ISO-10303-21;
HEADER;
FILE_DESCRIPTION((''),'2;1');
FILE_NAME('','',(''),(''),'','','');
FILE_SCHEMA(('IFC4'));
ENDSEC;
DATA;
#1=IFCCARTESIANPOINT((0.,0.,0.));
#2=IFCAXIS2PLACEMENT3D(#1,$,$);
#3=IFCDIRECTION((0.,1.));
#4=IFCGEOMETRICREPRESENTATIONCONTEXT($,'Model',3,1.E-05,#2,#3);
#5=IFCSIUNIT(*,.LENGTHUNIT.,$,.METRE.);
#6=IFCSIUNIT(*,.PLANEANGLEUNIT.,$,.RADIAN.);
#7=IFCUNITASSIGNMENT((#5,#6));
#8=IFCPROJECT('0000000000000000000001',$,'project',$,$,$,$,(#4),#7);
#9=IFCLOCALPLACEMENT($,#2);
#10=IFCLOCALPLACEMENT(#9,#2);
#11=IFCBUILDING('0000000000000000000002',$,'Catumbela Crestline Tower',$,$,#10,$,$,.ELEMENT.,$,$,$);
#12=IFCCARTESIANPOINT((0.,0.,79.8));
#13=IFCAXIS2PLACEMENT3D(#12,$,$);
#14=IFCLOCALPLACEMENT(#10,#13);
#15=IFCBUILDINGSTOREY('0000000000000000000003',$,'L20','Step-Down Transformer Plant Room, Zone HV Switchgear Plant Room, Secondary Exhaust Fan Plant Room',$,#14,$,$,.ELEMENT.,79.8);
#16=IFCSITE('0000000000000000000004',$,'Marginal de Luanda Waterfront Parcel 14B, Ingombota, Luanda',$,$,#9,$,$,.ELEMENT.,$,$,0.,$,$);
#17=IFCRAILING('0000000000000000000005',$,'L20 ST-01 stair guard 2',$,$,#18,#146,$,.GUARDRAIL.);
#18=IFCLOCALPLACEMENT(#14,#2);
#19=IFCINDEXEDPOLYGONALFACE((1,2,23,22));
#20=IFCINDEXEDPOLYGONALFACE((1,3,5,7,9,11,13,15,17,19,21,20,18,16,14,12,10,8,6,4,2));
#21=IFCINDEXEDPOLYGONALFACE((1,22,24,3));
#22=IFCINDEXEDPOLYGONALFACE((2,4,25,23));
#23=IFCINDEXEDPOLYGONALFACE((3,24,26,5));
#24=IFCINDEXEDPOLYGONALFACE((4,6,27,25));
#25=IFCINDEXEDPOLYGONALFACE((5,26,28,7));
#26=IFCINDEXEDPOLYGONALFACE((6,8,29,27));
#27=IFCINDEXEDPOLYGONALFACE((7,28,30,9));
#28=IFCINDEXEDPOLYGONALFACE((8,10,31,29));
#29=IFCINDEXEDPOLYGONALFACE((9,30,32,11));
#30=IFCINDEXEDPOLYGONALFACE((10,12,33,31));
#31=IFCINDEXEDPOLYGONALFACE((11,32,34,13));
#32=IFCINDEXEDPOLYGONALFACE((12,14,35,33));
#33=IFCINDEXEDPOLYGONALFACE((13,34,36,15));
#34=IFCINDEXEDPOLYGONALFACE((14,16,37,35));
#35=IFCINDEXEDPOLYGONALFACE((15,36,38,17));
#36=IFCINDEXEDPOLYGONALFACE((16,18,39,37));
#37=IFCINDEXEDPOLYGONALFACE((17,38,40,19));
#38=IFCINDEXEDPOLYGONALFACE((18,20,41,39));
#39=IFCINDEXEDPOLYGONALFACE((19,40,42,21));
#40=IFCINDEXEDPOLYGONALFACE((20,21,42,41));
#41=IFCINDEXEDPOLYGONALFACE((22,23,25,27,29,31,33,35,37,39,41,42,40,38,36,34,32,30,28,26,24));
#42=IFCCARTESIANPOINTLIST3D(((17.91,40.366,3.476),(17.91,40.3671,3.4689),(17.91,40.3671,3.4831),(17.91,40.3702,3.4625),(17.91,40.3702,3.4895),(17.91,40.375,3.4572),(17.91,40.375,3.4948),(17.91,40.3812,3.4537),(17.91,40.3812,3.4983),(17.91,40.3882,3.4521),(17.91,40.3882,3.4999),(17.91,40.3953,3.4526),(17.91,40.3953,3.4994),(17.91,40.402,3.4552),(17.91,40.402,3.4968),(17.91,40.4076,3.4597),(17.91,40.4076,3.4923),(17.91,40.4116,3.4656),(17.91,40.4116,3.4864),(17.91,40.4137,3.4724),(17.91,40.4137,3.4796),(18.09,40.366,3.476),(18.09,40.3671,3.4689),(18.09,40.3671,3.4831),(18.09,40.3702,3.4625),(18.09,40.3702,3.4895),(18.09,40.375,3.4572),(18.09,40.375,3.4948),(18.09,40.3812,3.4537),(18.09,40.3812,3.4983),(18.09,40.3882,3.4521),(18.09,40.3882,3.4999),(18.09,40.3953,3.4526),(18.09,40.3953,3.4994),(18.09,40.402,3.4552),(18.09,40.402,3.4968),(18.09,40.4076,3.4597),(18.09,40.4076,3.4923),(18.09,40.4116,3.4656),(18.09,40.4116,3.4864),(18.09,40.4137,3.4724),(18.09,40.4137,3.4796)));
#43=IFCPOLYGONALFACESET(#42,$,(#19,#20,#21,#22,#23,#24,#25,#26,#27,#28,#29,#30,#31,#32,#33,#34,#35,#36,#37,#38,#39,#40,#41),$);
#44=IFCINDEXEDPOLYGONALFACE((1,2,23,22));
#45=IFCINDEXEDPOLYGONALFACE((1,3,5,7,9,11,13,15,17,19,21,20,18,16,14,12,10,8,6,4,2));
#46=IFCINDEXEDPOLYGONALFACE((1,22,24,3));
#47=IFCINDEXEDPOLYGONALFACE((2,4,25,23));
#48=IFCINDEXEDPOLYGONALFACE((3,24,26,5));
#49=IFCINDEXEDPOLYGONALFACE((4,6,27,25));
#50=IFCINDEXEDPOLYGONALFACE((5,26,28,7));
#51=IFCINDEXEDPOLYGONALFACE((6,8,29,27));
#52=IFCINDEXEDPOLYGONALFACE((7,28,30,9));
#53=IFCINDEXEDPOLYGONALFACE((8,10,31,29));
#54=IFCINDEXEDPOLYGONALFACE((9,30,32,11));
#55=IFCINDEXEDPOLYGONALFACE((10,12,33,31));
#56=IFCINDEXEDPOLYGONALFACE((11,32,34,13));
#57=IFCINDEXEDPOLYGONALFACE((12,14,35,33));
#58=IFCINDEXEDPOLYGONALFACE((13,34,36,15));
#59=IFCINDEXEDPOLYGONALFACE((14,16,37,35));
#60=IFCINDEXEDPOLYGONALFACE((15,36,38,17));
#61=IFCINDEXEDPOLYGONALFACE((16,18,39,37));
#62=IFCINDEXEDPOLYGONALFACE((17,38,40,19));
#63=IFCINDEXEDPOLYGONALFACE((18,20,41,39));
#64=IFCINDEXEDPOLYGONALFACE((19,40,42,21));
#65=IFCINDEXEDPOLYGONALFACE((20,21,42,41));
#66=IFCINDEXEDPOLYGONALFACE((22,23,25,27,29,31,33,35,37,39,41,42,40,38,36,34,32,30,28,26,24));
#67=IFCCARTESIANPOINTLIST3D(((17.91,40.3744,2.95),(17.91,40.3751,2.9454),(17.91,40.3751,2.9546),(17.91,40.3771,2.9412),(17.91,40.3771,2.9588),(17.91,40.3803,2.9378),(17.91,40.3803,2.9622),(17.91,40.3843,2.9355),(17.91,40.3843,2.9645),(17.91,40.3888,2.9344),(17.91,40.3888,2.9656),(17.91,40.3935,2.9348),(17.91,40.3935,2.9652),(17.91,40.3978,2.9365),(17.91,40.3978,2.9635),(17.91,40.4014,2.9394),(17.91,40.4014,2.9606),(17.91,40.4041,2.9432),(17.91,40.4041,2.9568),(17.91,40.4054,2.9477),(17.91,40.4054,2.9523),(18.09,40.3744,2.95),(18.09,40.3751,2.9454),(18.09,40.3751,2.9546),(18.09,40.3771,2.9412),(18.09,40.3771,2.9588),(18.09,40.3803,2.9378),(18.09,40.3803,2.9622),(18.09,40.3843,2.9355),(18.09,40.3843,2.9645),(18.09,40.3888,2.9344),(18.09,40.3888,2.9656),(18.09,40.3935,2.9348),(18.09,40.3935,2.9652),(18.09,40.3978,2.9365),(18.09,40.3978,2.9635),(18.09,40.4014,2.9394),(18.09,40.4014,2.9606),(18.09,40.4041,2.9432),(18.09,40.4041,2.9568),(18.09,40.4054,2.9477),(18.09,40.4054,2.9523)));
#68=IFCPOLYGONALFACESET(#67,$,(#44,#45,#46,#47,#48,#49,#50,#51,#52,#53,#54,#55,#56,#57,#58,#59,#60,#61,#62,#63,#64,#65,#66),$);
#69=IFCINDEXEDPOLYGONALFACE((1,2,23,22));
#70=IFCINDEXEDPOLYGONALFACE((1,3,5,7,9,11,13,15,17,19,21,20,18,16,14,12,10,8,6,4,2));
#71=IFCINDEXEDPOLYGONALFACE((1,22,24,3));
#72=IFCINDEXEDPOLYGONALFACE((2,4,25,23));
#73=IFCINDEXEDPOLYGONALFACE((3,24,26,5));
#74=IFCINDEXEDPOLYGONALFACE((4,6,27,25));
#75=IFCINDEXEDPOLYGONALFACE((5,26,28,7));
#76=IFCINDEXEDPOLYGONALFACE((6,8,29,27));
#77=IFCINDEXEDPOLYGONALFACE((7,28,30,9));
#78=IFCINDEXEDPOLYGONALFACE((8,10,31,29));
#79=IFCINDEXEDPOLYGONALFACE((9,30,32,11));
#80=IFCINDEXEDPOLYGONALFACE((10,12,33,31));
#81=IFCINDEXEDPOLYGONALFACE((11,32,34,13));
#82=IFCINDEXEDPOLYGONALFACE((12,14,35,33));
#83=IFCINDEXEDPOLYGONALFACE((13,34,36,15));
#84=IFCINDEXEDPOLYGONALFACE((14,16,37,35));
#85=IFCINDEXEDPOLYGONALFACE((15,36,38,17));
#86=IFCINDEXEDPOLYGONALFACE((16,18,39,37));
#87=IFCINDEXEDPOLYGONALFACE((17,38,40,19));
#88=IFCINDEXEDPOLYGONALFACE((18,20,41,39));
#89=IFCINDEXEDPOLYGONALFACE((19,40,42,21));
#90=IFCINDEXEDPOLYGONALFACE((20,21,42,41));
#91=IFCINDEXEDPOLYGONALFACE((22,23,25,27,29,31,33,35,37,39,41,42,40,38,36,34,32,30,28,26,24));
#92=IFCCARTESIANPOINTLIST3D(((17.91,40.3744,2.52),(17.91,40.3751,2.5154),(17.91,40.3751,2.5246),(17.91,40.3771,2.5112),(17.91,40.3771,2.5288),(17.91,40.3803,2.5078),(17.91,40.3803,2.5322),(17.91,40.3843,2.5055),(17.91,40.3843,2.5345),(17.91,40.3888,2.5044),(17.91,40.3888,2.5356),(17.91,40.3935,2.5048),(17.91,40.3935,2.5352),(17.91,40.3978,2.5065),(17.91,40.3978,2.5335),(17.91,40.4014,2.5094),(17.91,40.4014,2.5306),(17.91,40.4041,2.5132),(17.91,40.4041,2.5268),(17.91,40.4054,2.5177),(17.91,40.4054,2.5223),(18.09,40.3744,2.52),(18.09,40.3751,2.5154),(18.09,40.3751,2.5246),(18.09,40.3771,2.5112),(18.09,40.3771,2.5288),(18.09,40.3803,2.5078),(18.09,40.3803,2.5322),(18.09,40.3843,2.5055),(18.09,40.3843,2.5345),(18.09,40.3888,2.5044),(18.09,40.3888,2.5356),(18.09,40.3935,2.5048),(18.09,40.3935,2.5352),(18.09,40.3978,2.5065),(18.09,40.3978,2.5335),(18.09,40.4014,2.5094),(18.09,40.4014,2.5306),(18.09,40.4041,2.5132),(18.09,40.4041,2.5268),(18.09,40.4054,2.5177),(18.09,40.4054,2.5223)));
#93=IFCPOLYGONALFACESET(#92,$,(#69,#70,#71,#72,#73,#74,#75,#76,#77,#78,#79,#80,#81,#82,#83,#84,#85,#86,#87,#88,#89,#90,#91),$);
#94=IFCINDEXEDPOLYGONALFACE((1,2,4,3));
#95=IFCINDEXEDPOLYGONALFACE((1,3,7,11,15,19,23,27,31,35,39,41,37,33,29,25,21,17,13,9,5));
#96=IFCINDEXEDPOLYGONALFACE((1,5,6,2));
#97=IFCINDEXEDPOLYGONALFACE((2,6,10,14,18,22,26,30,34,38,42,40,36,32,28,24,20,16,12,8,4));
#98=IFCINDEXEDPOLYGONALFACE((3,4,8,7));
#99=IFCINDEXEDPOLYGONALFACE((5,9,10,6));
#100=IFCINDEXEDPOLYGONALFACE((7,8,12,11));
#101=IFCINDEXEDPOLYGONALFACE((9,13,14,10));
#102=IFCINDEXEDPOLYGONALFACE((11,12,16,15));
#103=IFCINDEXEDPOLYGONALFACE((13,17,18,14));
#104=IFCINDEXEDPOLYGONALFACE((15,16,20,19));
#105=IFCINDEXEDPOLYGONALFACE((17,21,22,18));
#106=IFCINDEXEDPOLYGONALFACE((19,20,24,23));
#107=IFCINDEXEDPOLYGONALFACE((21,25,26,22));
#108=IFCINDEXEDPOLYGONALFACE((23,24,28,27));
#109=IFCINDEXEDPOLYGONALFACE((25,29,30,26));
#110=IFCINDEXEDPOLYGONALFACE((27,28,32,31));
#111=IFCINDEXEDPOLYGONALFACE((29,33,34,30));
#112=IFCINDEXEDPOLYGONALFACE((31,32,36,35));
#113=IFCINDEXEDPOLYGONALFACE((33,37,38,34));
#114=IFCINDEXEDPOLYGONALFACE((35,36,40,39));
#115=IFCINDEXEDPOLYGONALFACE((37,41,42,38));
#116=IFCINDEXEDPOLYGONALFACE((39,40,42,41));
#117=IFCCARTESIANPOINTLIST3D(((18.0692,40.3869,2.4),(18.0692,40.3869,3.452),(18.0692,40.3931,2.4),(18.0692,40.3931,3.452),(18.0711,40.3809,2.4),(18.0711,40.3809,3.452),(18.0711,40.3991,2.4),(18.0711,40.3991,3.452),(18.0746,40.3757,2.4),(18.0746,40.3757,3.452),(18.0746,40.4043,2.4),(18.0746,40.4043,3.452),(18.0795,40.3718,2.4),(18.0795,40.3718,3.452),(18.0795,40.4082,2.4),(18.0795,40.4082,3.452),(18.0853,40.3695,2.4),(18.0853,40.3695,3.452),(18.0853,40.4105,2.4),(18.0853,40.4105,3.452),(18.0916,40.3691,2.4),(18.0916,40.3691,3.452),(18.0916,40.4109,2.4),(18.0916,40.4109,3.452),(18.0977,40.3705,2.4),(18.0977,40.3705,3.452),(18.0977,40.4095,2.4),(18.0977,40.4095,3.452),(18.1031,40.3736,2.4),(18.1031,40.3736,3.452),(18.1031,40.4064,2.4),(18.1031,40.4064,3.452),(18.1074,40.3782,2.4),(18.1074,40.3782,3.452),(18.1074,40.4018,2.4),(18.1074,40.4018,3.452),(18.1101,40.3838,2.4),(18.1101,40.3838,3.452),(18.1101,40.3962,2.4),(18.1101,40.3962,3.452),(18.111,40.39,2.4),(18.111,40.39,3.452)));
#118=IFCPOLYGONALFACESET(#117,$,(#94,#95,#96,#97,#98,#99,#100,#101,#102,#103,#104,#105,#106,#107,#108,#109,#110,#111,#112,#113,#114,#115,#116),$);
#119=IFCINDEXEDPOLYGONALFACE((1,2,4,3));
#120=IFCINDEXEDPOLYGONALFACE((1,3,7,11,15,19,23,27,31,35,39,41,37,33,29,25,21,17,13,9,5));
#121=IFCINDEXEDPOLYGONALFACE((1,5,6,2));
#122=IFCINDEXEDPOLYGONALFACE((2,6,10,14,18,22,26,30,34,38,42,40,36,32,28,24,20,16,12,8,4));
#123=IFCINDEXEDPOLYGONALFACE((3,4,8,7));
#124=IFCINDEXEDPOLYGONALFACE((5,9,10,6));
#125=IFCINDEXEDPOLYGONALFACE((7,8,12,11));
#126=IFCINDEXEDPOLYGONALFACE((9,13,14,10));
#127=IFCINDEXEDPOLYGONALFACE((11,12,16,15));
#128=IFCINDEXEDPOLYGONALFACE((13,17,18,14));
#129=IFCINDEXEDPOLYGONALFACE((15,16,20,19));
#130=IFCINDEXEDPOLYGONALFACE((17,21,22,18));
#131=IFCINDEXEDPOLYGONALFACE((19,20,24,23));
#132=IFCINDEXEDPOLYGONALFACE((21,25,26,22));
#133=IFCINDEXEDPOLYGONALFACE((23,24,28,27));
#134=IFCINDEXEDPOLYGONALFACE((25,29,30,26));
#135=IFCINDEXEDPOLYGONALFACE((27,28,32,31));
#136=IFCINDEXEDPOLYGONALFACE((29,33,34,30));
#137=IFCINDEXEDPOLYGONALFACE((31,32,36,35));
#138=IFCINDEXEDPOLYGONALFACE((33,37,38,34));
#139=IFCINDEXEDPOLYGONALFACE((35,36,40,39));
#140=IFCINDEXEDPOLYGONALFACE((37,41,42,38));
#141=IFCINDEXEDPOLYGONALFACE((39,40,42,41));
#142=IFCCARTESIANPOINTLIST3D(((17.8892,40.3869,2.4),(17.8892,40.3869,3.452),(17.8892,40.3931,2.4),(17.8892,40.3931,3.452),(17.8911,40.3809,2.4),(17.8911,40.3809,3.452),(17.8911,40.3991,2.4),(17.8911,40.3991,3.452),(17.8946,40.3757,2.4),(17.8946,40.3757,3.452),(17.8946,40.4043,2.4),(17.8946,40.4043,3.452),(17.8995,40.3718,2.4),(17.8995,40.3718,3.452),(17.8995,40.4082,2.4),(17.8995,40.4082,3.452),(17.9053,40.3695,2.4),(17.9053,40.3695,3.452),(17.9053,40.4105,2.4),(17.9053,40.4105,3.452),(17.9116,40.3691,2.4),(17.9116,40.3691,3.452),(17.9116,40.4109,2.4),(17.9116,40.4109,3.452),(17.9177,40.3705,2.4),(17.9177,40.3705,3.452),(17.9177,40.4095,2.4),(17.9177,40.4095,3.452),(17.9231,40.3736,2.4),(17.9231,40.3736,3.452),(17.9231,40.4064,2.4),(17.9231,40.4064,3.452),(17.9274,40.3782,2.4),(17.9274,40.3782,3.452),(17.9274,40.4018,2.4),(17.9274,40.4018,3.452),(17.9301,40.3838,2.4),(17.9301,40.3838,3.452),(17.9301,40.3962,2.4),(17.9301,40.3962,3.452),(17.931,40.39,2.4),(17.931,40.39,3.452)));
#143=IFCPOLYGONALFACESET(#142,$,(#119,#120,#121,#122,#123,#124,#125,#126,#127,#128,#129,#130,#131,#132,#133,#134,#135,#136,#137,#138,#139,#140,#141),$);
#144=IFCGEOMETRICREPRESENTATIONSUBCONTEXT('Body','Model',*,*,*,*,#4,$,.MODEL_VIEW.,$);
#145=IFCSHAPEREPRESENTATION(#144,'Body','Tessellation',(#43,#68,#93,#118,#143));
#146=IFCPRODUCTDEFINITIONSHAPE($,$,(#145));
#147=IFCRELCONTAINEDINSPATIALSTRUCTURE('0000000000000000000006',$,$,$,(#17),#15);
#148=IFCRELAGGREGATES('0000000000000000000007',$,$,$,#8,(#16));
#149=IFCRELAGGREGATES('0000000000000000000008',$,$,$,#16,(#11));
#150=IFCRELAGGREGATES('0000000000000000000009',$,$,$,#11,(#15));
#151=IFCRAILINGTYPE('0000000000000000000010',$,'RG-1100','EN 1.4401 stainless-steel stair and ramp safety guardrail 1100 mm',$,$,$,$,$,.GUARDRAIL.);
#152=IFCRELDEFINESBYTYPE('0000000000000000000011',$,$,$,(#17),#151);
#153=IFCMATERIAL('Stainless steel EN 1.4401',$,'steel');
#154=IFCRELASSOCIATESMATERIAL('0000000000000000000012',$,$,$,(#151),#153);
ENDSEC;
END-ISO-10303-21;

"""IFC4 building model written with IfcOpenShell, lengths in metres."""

from ifc_helpers import new_model, si_unit, direction, frame, origin, origin_2d, place, context, subcontext, project, spatial, circle, extrude, material, type_object, element, save


model = new_model("IFC4")

# Units and contexts
model_context = context("Model", 3, precision=1e-05, world=origin(), true_north=direction((0.0, 1.0)))
body_context = subcontext(model_context, "Body", "Model", "MODEL_VIEW")
ifc_project = project(units=[si_unit("LENGTHUNIT", "METRE"), si_unit("PLANEANGLEUNIT", "RADIAN")], contexts=[model_context])

# Site, building, storey
site_placement = place(None, origin())
site = spatial("IfcSite", under=ifc_project, at=site_placement, Name="Marginal de Luanda Waterfront Parcel 14B, Ingombota, Luanda", CompositionType="ELEMENT", RefElevation=0.0)
building_placement = place(site_placement, origin())
building = spatial("IfcBuilding", under=site, at=building_placement, Name="Catumbela Crestline Tower", CompositionType="ELEMENT")
storey_placement = place(building_placement, frame((0.0, 0.0, 79.8)))
storey = spatial("IfcBuildingStorey", under=building, at=storey_placement, Name="L20", Description="Step-Down Transformer Plant Room, Zone HV Switchgear Plant Room, Secondary Exhaust Fan Plant Room", CompositionType="ELEMENT", Elevation=79.8)

# Shared definitions
ifc_material_1 = material(Name="Stainless steel EN 1.4401", Category="steel")

# Railing
railing_type_1 = type_object("IfcRailingType", Name="RG-1100", Description="EN 1.4401 stainless-steel stair and ramp safety guardrail 1100 mm", PredefinedType="GUARDRAIL", material=ifc_material_1)
railing_1_placement = place(storey_placement, frame((18.09, 40.39, 2.4)))
element("IfcRailing", 1, at=railing_1_placement, inside=storey, type_object=railing_type_1, Name="L20 ST-01 stair guard 2", PredefinedType="GUARDRAIL", context=body_context, shape_type="SweptSolid", body=[
    extrude(circle(Radius=0.024, at=origin_2d()), frame((0.0, 0.0, 1.076), z_axis=(-1.0, 0.0, 0.0), x_axis=(0.0, -1.0, 0.0)), (0.0, 0.0, 1.0), 0.18),
    extrude(circle(Radius=0.0156, at=origin_2d()), frame((0.0, 0.0, 0.55), z_axis=(-1.0, 0.0, 0.0), x_axis=(0.0, -1.0, 0.0)), (0.0, 0.0, 1.0), 0.18),
    extrude(circle(Radius=0.0156, at=origin_2d()), frame((0.0, 0.0, 0.12), z_axis=(-1.0, 0.0, 0.0), x_axis=(0.0, -1.0, 0.0)), (0.0, 0.0, 1.0), 0.18),
    extrude(circle(Radius=0.021, at=origin_2d()), origin(), (0.0, 0.0, 1.0), 1.052),
    extrude(circle(Radius=0.021, at=origin_2d()), frame((-0.18, 0.0, 0.0)), (0.0, 0.0, 1.0), 1.052),
])

save(model, "model.ifc")
